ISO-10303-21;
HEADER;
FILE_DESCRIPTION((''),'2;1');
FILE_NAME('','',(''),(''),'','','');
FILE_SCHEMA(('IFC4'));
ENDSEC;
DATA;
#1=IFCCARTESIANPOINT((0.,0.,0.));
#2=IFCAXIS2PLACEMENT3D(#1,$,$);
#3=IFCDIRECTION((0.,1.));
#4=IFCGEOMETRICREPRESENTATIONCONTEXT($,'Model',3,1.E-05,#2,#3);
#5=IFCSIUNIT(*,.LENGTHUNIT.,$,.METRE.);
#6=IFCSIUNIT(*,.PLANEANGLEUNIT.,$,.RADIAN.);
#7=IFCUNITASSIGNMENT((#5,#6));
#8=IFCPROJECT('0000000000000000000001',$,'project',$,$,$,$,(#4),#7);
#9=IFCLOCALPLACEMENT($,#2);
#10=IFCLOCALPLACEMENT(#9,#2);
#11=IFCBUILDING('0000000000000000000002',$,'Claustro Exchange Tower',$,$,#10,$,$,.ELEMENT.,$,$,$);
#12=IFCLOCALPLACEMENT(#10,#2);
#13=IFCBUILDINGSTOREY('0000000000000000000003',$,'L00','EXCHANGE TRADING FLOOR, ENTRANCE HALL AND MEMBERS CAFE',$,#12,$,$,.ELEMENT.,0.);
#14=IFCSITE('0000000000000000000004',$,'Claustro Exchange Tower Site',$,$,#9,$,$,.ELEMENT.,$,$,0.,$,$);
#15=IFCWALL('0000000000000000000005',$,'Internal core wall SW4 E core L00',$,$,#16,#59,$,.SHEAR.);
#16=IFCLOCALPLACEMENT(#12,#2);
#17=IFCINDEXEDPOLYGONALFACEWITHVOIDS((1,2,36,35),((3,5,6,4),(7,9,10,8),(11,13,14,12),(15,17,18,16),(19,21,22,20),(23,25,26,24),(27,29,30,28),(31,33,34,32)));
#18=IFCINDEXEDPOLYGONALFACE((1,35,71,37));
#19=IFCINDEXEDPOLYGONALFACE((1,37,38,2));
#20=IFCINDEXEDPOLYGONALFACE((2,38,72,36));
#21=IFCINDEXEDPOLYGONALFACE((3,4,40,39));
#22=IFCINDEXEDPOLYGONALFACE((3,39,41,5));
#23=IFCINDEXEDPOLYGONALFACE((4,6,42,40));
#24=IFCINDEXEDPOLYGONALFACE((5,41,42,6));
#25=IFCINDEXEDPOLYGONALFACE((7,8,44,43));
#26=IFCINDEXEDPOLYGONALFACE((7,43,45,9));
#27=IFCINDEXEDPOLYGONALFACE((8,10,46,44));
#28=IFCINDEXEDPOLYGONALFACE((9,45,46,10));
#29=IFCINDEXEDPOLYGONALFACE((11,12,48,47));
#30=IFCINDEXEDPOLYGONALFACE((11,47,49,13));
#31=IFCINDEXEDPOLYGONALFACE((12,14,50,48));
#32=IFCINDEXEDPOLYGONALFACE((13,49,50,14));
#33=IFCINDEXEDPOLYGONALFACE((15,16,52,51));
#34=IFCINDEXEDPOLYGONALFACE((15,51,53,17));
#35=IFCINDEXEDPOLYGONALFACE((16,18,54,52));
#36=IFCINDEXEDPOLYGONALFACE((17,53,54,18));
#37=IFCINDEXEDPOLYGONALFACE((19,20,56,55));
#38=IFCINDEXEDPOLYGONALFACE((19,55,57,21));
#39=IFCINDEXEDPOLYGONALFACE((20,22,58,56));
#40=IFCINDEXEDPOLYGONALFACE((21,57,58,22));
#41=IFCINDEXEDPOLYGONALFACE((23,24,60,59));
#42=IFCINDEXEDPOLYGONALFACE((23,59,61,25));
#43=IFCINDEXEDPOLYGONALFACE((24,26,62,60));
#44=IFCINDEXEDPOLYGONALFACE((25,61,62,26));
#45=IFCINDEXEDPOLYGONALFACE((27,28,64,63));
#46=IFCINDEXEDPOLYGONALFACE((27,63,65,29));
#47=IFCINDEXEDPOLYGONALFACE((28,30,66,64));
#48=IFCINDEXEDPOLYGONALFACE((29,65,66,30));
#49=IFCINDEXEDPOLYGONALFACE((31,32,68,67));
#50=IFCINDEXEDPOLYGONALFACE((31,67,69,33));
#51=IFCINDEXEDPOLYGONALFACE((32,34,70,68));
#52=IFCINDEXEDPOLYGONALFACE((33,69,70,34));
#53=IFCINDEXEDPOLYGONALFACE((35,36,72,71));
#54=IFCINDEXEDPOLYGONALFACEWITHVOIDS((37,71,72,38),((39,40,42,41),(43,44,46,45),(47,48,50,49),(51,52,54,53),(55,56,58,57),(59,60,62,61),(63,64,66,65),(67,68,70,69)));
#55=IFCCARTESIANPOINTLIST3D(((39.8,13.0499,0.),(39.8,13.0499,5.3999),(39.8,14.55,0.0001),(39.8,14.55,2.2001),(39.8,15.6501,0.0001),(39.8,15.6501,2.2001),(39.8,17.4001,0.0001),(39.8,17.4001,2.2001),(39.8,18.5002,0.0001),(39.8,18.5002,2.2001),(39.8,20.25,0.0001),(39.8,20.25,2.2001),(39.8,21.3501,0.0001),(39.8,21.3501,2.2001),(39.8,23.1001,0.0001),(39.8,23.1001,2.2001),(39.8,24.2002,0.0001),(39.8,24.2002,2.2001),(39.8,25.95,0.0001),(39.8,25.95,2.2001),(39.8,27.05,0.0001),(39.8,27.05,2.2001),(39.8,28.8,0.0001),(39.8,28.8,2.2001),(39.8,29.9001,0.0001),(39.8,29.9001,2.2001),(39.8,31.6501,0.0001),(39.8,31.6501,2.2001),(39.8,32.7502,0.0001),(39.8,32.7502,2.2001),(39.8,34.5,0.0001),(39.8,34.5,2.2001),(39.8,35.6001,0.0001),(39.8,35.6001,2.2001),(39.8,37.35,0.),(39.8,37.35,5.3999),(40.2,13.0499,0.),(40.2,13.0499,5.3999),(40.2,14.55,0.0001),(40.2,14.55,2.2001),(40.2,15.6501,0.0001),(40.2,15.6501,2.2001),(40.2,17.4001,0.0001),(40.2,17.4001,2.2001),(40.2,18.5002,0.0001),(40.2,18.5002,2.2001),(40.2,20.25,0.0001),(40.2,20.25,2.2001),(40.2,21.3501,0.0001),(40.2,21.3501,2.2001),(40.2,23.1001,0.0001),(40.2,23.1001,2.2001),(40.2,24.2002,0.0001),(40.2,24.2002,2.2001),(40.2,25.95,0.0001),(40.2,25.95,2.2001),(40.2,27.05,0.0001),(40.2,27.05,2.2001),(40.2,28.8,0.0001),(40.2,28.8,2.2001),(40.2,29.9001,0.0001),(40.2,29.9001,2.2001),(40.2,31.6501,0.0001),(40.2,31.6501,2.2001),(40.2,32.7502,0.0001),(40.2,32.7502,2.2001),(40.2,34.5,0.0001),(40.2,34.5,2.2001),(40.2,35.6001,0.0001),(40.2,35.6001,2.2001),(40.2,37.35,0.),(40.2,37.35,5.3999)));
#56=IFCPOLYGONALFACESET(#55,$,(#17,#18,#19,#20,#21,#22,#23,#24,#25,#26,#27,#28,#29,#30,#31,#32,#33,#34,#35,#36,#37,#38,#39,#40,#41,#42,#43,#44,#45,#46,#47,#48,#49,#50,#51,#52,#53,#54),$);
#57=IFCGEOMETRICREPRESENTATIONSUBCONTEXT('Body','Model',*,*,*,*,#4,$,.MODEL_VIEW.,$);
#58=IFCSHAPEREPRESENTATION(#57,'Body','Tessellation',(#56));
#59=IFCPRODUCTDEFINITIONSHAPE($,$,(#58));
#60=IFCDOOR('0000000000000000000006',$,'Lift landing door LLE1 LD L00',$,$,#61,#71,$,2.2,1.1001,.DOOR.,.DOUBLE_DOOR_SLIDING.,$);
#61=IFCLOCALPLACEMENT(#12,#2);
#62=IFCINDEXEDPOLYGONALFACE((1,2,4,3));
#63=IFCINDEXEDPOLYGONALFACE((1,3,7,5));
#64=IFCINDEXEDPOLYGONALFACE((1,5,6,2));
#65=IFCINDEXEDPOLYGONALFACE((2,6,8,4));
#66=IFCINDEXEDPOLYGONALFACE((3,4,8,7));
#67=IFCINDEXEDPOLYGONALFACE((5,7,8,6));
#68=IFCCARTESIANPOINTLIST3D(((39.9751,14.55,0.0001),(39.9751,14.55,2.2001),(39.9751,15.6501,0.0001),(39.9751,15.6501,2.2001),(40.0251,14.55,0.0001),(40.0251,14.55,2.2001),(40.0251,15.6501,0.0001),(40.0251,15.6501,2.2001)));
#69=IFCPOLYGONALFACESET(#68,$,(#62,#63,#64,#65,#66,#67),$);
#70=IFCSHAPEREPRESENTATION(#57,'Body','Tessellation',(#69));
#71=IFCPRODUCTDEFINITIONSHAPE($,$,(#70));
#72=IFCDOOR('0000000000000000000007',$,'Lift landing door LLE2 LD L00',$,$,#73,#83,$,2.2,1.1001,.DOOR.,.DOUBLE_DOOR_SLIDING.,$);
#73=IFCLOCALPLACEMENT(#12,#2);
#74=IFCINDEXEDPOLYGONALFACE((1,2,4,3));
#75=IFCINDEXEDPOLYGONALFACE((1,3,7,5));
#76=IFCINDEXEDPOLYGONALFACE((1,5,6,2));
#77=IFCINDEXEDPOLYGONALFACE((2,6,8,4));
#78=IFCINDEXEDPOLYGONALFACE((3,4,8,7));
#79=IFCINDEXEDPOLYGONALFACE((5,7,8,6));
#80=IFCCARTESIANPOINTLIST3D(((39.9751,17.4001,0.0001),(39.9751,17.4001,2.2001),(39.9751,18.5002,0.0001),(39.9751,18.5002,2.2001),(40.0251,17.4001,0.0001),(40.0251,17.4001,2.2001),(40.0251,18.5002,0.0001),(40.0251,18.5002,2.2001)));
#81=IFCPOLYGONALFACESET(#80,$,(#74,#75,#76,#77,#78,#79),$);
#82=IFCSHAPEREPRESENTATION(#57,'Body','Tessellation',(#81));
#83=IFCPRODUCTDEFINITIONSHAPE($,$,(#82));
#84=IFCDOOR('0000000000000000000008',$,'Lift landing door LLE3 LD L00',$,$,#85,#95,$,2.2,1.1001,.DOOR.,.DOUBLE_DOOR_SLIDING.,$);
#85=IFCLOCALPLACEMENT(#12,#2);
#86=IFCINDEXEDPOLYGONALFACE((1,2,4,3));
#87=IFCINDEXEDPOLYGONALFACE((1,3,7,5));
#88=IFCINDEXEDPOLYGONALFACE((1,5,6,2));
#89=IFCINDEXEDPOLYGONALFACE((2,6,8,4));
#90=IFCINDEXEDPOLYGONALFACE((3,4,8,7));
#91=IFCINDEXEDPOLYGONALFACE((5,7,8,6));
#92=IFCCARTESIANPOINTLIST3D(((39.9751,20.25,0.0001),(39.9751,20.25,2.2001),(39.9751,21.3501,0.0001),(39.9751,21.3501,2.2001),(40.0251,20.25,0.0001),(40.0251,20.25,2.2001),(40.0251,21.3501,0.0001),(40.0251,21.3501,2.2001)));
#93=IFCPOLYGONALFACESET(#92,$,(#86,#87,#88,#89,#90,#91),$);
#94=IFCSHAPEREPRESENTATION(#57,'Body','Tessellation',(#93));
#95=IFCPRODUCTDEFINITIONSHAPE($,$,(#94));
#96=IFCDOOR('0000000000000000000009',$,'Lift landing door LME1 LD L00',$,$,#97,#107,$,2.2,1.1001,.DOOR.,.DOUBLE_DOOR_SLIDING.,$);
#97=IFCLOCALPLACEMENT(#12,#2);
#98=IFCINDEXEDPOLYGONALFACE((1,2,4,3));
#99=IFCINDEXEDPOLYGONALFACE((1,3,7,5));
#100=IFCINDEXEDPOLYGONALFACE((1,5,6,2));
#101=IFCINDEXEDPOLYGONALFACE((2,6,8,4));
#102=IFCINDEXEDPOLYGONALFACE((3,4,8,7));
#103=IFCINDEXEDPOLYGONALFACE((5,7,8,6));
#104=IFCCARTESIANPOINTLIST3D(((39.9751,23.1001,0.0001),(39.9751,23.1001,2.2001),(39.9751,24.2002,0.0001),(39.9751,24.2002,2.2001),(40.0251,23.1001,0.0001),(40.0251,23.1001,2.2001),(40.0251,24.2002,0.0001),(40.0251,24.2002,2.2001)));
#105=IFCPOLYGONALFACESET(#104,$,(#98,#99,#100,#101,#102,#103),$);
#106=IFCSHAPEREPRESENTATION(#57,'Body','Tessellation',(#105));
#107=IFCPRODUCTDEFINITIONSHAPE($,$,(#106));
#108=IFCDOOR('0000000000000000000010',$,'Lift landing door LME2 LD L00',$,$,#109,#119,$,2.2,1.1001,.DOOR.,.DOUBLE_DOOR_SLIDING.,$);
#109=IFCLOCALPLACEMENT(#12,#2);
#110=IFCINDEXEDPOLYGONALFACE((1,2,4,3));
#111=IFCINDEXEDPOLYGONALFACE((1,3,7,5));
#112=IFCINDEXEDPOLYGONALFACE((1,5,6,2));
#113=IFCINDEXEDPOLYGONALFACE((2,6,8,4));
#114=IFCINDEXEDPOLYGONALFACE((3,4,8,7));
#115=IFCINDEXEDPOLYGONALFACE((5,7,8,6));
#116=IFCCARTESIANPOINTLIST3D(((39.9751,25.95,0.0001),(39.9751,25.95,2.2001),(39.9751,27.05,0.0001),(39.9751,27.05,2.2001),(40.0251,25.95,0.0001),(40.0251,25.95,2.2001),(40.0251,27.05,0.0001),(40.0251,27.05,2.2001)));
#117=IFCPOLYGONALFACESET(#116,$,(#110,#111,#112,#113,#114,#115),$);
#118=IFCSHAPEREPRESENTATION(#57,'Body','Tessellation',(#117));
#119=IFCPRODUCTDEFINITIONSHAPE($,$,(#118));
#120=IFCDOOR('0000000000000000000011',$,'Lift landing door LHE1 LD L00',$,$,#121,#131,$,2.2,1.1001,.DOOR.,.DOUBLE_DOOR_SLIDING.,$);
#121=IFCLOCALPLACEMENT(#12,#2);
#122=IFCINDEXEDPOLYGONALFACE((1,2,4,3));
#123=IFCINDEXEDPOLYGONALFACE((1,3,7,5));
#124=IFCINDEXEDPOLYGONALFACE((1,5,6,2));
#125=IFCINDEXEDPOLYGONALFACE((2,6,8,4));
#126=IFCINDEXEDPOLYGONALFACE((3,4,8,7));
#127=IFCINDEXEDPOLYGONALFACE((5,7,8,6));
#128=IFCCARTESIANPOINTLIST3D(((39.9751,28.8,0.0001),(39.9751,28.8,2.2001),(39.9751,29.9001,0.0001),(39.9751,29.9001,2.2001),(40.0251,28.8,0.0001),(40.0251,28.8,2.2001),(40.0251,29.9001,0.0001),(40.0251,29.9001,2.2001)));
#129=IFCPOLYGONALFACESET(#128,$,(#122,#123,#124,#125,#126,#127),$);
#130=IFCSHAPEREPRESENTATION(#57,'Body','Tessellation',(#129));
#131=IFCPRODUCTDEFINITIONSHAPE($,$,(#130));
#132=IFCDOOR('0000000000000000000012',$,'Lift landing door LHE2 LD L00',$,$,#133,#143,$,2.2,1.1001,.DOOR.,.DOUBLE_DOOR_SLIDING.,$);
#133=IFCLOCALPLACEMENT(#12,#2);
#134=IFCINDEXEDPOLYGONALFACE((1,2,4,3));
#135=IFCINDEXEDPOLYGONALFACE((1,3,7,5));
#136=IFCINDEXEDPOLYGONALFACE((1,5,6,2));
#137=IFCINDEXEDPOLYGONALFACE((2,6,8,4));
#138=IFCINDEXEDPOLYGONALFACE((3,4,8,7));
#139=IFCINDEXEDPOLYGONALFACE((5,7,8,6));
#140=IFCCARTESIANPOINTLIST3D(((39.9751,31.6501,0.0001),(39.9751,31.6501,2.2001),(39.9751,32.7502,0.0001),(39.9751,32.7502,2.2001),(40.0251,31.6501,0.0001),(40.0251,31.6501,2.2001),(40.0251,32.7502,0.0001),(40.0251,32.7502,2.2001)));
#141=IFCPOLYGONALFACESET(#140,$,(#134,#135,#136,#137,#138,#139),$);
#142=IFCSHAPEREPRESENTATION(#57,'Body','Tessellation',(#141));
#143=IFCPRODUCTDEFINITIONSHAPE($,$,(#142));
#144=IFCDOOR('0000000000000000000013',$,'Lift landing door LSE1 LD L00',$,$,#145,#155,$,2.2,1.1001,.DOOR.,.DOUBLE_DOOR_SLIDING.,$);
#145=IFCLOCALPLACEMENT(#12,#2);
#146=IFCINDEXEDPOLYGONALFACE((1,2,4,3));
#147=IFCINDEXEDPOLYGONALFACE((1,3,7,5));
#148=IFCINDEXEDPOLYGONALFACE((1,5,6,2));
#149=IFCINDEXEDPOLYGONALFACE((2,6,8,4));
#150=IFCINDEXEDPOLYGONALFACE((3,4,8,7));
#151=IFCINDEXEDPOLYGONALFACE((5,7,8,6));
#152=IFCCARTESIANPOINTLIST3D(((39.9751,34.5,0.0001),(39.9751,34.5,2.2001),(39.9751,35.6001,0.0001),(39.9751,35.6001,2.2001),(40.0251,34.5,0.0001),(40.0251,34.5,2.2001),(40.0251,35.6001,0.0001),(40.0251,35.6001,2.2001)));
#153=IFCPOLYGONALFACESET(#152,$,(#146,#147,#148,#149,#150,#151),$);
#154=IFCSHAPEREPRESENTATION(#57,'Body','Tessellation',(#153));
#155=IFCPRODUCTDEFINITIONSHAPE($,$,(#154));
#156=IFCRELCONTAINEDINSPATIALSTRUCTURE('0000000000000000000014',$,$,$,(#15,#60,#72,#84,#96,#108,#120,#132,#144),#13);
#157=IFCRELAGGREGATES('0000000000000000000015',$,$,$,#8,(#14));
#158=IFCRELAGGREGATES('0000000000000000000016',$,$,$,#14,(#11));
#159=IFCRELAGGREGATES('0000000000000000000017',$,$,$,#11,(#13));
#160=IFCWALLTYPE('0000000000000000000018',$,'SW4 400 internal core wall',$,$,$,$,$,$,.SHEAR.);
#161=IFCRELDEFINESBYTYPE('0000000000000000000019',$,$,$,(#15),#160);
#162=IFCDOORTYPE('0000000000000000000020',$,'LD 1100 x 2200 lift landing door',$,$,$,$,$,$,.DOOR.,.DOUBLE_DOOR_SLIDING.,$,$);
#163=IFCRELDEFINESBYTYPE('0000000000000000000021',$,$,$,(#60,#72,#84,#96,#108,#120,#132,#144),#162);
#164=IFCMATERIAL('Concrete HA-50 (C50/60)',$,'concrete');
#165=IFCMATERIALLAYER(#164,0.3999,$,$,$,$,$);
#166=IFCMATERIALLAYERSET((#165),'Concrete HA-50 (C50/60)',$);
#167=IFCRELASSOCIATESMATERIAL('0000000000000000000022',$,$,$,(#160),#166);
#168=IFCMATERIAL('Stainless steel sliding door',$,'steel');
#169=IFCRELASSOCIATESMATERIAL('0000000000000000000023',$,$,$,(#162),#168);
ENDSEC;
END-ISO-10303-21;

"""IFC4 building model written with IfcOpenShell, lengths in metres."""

from ifc_helpers import new_model, si_unit, direction, frame, frame_2d, origin, place, context, subcontext, project, spatial, rectangle, extrude, material, layer, layer_set, type_object, element, fill, save


model = new_model("IFC4")

# Units and contexts
model_context = context("Model", 3, precision=1e-05, world=origin(), true_north=direction((0.0, 1.0)))
body_context = subcontext(model_context, "Body", "Model", "MODEL_VIEW")
ifc_project = project(units=[si_unit("LENGTHUNIT", "METRE"), si_unit("PLANEANGLEUNIT", "RADIAN")], contexts=[model_context])

# Site, building, storey
site_placement = place(None, origin())
site = spatial("IfcSite", under=ifc_project, at=site_placement, Name="Claustro Exchange Tower Site", CompositionType="ELEMENT", RefElevation=0.0)
building_placement = place(site_placement, origin())
building = spatial("IfcBuilding", under=site, at=building_placement, Name="Claustro Exchange Tower", CompositionType="ELEMENT")
storey_placement = place(building_placement, origin())
storey = spatial("IfcBuildingStorey", under=building, at=storey_placement, Name="L00", Description="EXCHANGE TRADING FLOOR, ENTRANCE HALL AND MEMBERS CAFE", CompositionType="ELEMENT", Elevation=0.0)

# Wall, openings, doors
ifc_material_1 = material(Name="Concrete HA-50 (C50/60)", Category="concrete")
ifc_layer_1 = layer(ifc_material_1, 0.3999)
ifc_layer_set_1 = layer_set([ifc_layer_1], Name="Concrete HA-50 (C50/60)")
wall_type_1 = type_object("IfcWallType", Name="SW4 400 internal core wall", PredefinedType="SHEAR", material=ifc_layer_set_1)
ifc_material_2 = material(Name="Stainless steel sliding door", Category="steel")
door_type_1 = type_object("IfcDoorType", Name="LD 1100 x 2200 lift landing door", OperationType="DOUBLE_DOOR_SLIDING", PredefinedType="DOOR", material=ifc_material_2)
wall_1_placement = place(storey_placement, frame((40.0, 13.05, 0.0), z_axis=(0.0, 0.0, 1.0), x_axis=(0.0, 1.0, 0.0)))
wall_1 = element("IfcWall", 1, at=wall_1_placement, inside=storey, type_object=wall_type_1, Name="Internal core wall SW4 E core L00", PredefinedType="SHEAR", context=body_context, shape_type="SweptSolid", body=[
    extrude(rectangle(XDim=24.3, YDim=0.3999, at=frame_2d((12.1499, 0.0))), origin(), (0.0, 0.0, 1.0), 5.3999),
])
opening_1_placement = place(wall_1_placement, frame((1.5, 0.0, 0.0)))
opening_1 = element("IfcOpeningElement", 2, at=opening_1_placement, cuts=wall_1, PredefinedType="OPENING", context=body_context, shape_type="SweptSolid", body=[
    extrude(rectangle(XDim=1.1001, YDim=2.2, at=frame_2d((0.55, 1.1001))), frame((0.0, 0.21, 0.0), z_axis=(0.0, -1.0, 0.0), x_axis=(1.0, 0.0, 0.0)), (0.0, 0.0, 1.0), 0.4199),
])
opening_2_placement = place(wall_1_placement, frame((4.3501, 0.0, 0.0)))
opening_2 = element("IfcOpeningElement", 3, at=opening_2_placement, cuts=wall_1, PredefinedType="OPENING", context=body_context, shape_type="SweptSolid", body=[
    extrude(rectangle(XDim=1.1001, YDim=2.2, at=frame_2d((0.55, 1.1001))), frame((0.0, 0.21, 0.0), z_axis=(0.0, -1.0, 0.0), x_axis=(1.0, 0.0, 0.0)), (0.0, 0.0, 1.0), 0.4199),
])
opening_3_placement = place(wall_1_placement, frame((7.2, 0.0, 0.0)))
opening_3 = element("IfcOpeningElement", 4, at=opening_3_placement, cuts=wall_1, PredefinedType="OPENING", context=body_context, shape_type="SweptSolid", body=[
    extrude(rectangle(XDim=1.1001, YDim=2.2, at=frame_2d((0.55, 1.1001))), frame((0.0, 0.21, 0.0), z_axis=(0.0, -1.0, 0.0), x_axis=(1.0, 0.0, 0.0)), (0.0, 0.0, 1.0), 0.4199),
])
opening_4_placement = place(wall_1_placement, frame((10.05, 0.0, 0.0)))
opening_4 = element("IfcOpeningElement", 5, at=opening_4_placement, cuts=wall_1, PredefinedType="OPENING", context=body_context, shape_type="SweptSolid", body=[
    extrude(rectangle(XDim=1.1001, YDim=2.2, at=frame_2d((0.55, 1.1001))), frame((0.0, 0.21, 0.0), z_axis=(0.0, -1.0, 0.0), x_axis=(1.0, 0.0, 0.0)), (0.0, 0.0, 1.0), 0.4199),
])
opening_5_placement = place(wall_1_placement, frame((12.8999, 0.0, 0.0)))
opening_5 = element("IfcOpeningElement", 6, at=opening_5_placement, cuts=wall_1, PredefinedType="OPENING", context=body_context, shape_type="SweptSolid", body=[
    extrude(rectangle(XDim=1.1001, YDim=2.2, at=frame_2d((0.55, 1.1001))), frame((0.0, 0.21, 0.0), z_axis=(0.0, -1.0, 0.0), x_axis=(1.0, 0.0, 0.0)), (0.0, 0.0, 1.0), 0.4199),
])
opening_6_placement = place(wall_1_placement, frame((15.75, 0.0, 0.0)))
opening_6 = element("IfcOpeningElement", 7, at=opening_6_placement, cuts=wall_1, PredefinedType="OPENING", context=body_context, shape_type="SweptSolid", body=[
    extrude(rectangle(XDim=1.1001, YDim=2.2, at=frame_2d((0.55, 1.1001))), frame((0.0, 0.21, 0.0), z_axis=(0.0, -1.0, 0.0), x_axis=(1.0, 0.0, 0.0)), (0.0, 0.0, 1.0), 0.4199),
])
opening_7_placement = place(wall_1_placement, frame((18.6001, 0.0, 0.0)))
opening_7 = element("IfcOpeningElement", 8, at=opening_7_placement, cuts=wall_1, PredefinedType="OPENING", context=body_context, shape_type="SweptSolid", body=[
    extrude(rectangle(XDim=1.1001, YDim=2.2, at=frame_2d((0.55, 1.1001))), frame((0.0, 0.21, 0.0), z_axis=(0.0, -1.0, 0.0), x_axis=(1.0, 0.0, 0.0)), (0.0, 0.0, 1.0), 0.4199),
])
opening_8_placement = place(wall_1_placement, frame((21.45, 0.0, 0.0)))
opening_8 = element("IfcOpeningElement", 9, at=opening_8_placement, cuts=wall_1, PredefinedType="OPENING", context=body_context, shape_type="SweptSolid", body=[
    extrude(rectangle(XDim=1.1001, YDim=2.2, at=frame_2d((0.55, 1.1001))), frame((0.0, 0.21, 0.0), z_axis=(0.0, -1.0, 0.0), x_axis=(1.0, 0.0, 0.0)), (0.0, 0.0, 1.0), 0.4199),
])
door_1_placement = place(opening_1_placement, origin())
door_1 = element("IfcDoor", 10, at=door_1_placement, inside=storey, type_object=door_type_1, Name="Lift landing door LLE1 LD L00", OperationType="DOUBLE_DOOR_SLIDING", OverallHeight=2.2, OverallWidth=1.1001, PredefinedType="DOOR", context=body_context, shape_type="SweptSolid", body=[
    extrude(rectangle(XDim=1.1001, YDim=2.2, at=frame_2d((0.55, 1.1001))), frame((0.0, 0.0249, 0.0), z_axis=(0.0, -1.0, 0.0), x_axis=(1.0, 0.0, 0.0)), (0.0, 0.0, 1.0), 0.05),
])
fill(opening_1, door_1)
door_2_placement = place(opening_2_placement, origin())
door_2 = element("IfcDoor", 11, at=door_2_placement, inside=storey, type_object=door_type_1, Name="Lift landing door LLE2 LD L00", OperationType="DOUBLE_DOOR_SLIDING", OverallHeight=2.2, OverallWidth=1.1001, PredefinedType="DOOR", context=body_context, shape_type="SweptSolid", body=[
    extrude(rectangle(XDim=1.1001, YDim=2.2, at=frame_2d((0.55, 1.1001))), frame((0.0, 0.0249, 0.0), z_axis=(0.0, -1.0, 0.0), x_axis=(1.0, 0.0, 0.0)), (0.0, 0.0, 1.0), 0.05),
])
fill(opening_2, door_2)
door_3_placement = place(opening_3_placement, origin())
door_3 = element("IfcDoor", 12, at=door_3_placement, inside=storey, type_object=door_type_1, Name="Lift landing door LLE3 LD L00", OperationType="DOUBLE_DOOR_SLIDING", OverallHeight=2.2, OverallWidth=1.1001, PredefinedType="DOOR", context=body_context, shape_type="SweptSolid", body=[
    extrude(rectangle(XDim=1.1001, YDim=2.2, at=frame_2d((0.55, 1.1001))), frame((0.0, 0.0249, 0.0), z_axis=(0.0, -1.0, 0.0), x_axis=(1.0, 0.0, 0.0)), (0.0, 0.0, 1.0), 0.05),
])
fill(opening_3, door_3)
door_4_placement = place(opening_4_placement, origin())
door_4 = element("IfcDoor", 13, at=door_4_placement, inside=storey, type_object=door_type_1, Name="Lift landing door LME1 LD L00", OperationType="DOUBLE_DOOR_SLIDING", OverallHeight=2.2, OverallWidth=1.1001, PredefinedType="DOOR", context=body_context, shape_type="SweptSolid", body=[
    extrude(rectangle(XDim=1.1001, YDim=2.2, at=frame_2d((0.55, 1.1001))), frame((0.0, 0.0249, 0.0), z_axis=(0.0, -1.0, 0.0), x_axis=(1.0, 0.0, 0.0)), (0.0, 0.0, 1.0), 0.05),
])
fill(opening_4, door_4)
door_5_placement = place(opening_5_placement, origin())
door_5 = element("IfcDoor", 14, at=door_5_placement, inside=storey, type_object=door_type_1, Name="Lift landing door LME2 LD L00", OperationType="DOUBLE_DOOR_SLIDING", OverallHeight=2.2, OverallWidth=1.1001, PredefinedType="DOOR", context=body_context, shape_type="SweptSolid", body=[
    extrude(rectangle(XDim=1.1001, YDim=2.2, at=frame_2d((0.55, 1.1001))), frame((0.0, 0.0249, 0.0), z_axis=(0.0, -1.0, 0.0), x_axis=(1.0, 0.0, 0.0)), (0.0, 0.0, 1.0), 0.05),
])
fill(opening_5, door_5)
door_6_placement = place(opening_6_placement, origin())
door_6 = element("IfcDoor", 15, at=door_6_placement, inside=storey, type_object=door_type_1, Name="Lift landing door LHE1 LD L00", OperationType="DOUBLE_DOOR_SLIDING", OverallHeight=2.2, OverallWidth=1.1001, PredefinedType="DOOR", context=body_context, shape_type="SweptSolid", body=[
    extrude(rectangle(XDim=1.1001, YDim=2.2, at=frame_2d((0.55, 1.1001))), frame((0.0, 0.0249, 0.0), z_axis=(0.0, -1.0, 0.0), x_axis=(1.0, 0.0, 0.0)), (0.0, 0.0, 1.0), 0.05),
])
fill(opening_6, door_6)
door_7_placement = place(opening_7_placement, origin())
door_7 = element("IfcDoor", 16, at=door_7_placement, inside=storey, type_object=door_type_1, Name="Lift landing door LHE2 LD L00", OperationType="DOUBLE_DOOR_SLIDING", OverallHeight=2.2, OverallWidth=1.1001, PredefinedType="DOOR", context=body_context, shape_type="SweptSolid", body=[
    extrude(rectangle(XDim=1.1001, YDim=2.2, at=frame_2d((0.55, 1.1001))), frame((0.0, 0.0249, 0.0), z_axis=(0.0, -1.0, 0.0), x_axis=(1.0, 0.0, 0.0)), (0.0, 0.0, 1.0), 0.05),
])
fill(opening_7, door_7)
door_8_placement = place(opening_8_placement, origin())
door_8 = element("IfcDoor", 17, at=door_8_placement, inside=storey, type_object=door_type_1, Name="Lift landing door LSE1 LD L00", OperationType="DOUBLE_DOOR_SLIDING", OverallHeight=2.2, OverallWidth=1.1001, PredefinedType="DOOR", context=body_context, shape_type="SweptSolid", body=[
    extrude(rectangle(XDim=1.1001, YDim=2.2, at=frame_2d((0.55, 1.1001))), frame((0.0, 0.0249, 0.0), z_axis=(0.0, -1.0, 0.0), x_axis=(1.0, 0.0, 0.0)), (0.0, 0.0, 1.0), 0.05),
])
fill(opening_8, door_8)

save(model, "model.ifc")
